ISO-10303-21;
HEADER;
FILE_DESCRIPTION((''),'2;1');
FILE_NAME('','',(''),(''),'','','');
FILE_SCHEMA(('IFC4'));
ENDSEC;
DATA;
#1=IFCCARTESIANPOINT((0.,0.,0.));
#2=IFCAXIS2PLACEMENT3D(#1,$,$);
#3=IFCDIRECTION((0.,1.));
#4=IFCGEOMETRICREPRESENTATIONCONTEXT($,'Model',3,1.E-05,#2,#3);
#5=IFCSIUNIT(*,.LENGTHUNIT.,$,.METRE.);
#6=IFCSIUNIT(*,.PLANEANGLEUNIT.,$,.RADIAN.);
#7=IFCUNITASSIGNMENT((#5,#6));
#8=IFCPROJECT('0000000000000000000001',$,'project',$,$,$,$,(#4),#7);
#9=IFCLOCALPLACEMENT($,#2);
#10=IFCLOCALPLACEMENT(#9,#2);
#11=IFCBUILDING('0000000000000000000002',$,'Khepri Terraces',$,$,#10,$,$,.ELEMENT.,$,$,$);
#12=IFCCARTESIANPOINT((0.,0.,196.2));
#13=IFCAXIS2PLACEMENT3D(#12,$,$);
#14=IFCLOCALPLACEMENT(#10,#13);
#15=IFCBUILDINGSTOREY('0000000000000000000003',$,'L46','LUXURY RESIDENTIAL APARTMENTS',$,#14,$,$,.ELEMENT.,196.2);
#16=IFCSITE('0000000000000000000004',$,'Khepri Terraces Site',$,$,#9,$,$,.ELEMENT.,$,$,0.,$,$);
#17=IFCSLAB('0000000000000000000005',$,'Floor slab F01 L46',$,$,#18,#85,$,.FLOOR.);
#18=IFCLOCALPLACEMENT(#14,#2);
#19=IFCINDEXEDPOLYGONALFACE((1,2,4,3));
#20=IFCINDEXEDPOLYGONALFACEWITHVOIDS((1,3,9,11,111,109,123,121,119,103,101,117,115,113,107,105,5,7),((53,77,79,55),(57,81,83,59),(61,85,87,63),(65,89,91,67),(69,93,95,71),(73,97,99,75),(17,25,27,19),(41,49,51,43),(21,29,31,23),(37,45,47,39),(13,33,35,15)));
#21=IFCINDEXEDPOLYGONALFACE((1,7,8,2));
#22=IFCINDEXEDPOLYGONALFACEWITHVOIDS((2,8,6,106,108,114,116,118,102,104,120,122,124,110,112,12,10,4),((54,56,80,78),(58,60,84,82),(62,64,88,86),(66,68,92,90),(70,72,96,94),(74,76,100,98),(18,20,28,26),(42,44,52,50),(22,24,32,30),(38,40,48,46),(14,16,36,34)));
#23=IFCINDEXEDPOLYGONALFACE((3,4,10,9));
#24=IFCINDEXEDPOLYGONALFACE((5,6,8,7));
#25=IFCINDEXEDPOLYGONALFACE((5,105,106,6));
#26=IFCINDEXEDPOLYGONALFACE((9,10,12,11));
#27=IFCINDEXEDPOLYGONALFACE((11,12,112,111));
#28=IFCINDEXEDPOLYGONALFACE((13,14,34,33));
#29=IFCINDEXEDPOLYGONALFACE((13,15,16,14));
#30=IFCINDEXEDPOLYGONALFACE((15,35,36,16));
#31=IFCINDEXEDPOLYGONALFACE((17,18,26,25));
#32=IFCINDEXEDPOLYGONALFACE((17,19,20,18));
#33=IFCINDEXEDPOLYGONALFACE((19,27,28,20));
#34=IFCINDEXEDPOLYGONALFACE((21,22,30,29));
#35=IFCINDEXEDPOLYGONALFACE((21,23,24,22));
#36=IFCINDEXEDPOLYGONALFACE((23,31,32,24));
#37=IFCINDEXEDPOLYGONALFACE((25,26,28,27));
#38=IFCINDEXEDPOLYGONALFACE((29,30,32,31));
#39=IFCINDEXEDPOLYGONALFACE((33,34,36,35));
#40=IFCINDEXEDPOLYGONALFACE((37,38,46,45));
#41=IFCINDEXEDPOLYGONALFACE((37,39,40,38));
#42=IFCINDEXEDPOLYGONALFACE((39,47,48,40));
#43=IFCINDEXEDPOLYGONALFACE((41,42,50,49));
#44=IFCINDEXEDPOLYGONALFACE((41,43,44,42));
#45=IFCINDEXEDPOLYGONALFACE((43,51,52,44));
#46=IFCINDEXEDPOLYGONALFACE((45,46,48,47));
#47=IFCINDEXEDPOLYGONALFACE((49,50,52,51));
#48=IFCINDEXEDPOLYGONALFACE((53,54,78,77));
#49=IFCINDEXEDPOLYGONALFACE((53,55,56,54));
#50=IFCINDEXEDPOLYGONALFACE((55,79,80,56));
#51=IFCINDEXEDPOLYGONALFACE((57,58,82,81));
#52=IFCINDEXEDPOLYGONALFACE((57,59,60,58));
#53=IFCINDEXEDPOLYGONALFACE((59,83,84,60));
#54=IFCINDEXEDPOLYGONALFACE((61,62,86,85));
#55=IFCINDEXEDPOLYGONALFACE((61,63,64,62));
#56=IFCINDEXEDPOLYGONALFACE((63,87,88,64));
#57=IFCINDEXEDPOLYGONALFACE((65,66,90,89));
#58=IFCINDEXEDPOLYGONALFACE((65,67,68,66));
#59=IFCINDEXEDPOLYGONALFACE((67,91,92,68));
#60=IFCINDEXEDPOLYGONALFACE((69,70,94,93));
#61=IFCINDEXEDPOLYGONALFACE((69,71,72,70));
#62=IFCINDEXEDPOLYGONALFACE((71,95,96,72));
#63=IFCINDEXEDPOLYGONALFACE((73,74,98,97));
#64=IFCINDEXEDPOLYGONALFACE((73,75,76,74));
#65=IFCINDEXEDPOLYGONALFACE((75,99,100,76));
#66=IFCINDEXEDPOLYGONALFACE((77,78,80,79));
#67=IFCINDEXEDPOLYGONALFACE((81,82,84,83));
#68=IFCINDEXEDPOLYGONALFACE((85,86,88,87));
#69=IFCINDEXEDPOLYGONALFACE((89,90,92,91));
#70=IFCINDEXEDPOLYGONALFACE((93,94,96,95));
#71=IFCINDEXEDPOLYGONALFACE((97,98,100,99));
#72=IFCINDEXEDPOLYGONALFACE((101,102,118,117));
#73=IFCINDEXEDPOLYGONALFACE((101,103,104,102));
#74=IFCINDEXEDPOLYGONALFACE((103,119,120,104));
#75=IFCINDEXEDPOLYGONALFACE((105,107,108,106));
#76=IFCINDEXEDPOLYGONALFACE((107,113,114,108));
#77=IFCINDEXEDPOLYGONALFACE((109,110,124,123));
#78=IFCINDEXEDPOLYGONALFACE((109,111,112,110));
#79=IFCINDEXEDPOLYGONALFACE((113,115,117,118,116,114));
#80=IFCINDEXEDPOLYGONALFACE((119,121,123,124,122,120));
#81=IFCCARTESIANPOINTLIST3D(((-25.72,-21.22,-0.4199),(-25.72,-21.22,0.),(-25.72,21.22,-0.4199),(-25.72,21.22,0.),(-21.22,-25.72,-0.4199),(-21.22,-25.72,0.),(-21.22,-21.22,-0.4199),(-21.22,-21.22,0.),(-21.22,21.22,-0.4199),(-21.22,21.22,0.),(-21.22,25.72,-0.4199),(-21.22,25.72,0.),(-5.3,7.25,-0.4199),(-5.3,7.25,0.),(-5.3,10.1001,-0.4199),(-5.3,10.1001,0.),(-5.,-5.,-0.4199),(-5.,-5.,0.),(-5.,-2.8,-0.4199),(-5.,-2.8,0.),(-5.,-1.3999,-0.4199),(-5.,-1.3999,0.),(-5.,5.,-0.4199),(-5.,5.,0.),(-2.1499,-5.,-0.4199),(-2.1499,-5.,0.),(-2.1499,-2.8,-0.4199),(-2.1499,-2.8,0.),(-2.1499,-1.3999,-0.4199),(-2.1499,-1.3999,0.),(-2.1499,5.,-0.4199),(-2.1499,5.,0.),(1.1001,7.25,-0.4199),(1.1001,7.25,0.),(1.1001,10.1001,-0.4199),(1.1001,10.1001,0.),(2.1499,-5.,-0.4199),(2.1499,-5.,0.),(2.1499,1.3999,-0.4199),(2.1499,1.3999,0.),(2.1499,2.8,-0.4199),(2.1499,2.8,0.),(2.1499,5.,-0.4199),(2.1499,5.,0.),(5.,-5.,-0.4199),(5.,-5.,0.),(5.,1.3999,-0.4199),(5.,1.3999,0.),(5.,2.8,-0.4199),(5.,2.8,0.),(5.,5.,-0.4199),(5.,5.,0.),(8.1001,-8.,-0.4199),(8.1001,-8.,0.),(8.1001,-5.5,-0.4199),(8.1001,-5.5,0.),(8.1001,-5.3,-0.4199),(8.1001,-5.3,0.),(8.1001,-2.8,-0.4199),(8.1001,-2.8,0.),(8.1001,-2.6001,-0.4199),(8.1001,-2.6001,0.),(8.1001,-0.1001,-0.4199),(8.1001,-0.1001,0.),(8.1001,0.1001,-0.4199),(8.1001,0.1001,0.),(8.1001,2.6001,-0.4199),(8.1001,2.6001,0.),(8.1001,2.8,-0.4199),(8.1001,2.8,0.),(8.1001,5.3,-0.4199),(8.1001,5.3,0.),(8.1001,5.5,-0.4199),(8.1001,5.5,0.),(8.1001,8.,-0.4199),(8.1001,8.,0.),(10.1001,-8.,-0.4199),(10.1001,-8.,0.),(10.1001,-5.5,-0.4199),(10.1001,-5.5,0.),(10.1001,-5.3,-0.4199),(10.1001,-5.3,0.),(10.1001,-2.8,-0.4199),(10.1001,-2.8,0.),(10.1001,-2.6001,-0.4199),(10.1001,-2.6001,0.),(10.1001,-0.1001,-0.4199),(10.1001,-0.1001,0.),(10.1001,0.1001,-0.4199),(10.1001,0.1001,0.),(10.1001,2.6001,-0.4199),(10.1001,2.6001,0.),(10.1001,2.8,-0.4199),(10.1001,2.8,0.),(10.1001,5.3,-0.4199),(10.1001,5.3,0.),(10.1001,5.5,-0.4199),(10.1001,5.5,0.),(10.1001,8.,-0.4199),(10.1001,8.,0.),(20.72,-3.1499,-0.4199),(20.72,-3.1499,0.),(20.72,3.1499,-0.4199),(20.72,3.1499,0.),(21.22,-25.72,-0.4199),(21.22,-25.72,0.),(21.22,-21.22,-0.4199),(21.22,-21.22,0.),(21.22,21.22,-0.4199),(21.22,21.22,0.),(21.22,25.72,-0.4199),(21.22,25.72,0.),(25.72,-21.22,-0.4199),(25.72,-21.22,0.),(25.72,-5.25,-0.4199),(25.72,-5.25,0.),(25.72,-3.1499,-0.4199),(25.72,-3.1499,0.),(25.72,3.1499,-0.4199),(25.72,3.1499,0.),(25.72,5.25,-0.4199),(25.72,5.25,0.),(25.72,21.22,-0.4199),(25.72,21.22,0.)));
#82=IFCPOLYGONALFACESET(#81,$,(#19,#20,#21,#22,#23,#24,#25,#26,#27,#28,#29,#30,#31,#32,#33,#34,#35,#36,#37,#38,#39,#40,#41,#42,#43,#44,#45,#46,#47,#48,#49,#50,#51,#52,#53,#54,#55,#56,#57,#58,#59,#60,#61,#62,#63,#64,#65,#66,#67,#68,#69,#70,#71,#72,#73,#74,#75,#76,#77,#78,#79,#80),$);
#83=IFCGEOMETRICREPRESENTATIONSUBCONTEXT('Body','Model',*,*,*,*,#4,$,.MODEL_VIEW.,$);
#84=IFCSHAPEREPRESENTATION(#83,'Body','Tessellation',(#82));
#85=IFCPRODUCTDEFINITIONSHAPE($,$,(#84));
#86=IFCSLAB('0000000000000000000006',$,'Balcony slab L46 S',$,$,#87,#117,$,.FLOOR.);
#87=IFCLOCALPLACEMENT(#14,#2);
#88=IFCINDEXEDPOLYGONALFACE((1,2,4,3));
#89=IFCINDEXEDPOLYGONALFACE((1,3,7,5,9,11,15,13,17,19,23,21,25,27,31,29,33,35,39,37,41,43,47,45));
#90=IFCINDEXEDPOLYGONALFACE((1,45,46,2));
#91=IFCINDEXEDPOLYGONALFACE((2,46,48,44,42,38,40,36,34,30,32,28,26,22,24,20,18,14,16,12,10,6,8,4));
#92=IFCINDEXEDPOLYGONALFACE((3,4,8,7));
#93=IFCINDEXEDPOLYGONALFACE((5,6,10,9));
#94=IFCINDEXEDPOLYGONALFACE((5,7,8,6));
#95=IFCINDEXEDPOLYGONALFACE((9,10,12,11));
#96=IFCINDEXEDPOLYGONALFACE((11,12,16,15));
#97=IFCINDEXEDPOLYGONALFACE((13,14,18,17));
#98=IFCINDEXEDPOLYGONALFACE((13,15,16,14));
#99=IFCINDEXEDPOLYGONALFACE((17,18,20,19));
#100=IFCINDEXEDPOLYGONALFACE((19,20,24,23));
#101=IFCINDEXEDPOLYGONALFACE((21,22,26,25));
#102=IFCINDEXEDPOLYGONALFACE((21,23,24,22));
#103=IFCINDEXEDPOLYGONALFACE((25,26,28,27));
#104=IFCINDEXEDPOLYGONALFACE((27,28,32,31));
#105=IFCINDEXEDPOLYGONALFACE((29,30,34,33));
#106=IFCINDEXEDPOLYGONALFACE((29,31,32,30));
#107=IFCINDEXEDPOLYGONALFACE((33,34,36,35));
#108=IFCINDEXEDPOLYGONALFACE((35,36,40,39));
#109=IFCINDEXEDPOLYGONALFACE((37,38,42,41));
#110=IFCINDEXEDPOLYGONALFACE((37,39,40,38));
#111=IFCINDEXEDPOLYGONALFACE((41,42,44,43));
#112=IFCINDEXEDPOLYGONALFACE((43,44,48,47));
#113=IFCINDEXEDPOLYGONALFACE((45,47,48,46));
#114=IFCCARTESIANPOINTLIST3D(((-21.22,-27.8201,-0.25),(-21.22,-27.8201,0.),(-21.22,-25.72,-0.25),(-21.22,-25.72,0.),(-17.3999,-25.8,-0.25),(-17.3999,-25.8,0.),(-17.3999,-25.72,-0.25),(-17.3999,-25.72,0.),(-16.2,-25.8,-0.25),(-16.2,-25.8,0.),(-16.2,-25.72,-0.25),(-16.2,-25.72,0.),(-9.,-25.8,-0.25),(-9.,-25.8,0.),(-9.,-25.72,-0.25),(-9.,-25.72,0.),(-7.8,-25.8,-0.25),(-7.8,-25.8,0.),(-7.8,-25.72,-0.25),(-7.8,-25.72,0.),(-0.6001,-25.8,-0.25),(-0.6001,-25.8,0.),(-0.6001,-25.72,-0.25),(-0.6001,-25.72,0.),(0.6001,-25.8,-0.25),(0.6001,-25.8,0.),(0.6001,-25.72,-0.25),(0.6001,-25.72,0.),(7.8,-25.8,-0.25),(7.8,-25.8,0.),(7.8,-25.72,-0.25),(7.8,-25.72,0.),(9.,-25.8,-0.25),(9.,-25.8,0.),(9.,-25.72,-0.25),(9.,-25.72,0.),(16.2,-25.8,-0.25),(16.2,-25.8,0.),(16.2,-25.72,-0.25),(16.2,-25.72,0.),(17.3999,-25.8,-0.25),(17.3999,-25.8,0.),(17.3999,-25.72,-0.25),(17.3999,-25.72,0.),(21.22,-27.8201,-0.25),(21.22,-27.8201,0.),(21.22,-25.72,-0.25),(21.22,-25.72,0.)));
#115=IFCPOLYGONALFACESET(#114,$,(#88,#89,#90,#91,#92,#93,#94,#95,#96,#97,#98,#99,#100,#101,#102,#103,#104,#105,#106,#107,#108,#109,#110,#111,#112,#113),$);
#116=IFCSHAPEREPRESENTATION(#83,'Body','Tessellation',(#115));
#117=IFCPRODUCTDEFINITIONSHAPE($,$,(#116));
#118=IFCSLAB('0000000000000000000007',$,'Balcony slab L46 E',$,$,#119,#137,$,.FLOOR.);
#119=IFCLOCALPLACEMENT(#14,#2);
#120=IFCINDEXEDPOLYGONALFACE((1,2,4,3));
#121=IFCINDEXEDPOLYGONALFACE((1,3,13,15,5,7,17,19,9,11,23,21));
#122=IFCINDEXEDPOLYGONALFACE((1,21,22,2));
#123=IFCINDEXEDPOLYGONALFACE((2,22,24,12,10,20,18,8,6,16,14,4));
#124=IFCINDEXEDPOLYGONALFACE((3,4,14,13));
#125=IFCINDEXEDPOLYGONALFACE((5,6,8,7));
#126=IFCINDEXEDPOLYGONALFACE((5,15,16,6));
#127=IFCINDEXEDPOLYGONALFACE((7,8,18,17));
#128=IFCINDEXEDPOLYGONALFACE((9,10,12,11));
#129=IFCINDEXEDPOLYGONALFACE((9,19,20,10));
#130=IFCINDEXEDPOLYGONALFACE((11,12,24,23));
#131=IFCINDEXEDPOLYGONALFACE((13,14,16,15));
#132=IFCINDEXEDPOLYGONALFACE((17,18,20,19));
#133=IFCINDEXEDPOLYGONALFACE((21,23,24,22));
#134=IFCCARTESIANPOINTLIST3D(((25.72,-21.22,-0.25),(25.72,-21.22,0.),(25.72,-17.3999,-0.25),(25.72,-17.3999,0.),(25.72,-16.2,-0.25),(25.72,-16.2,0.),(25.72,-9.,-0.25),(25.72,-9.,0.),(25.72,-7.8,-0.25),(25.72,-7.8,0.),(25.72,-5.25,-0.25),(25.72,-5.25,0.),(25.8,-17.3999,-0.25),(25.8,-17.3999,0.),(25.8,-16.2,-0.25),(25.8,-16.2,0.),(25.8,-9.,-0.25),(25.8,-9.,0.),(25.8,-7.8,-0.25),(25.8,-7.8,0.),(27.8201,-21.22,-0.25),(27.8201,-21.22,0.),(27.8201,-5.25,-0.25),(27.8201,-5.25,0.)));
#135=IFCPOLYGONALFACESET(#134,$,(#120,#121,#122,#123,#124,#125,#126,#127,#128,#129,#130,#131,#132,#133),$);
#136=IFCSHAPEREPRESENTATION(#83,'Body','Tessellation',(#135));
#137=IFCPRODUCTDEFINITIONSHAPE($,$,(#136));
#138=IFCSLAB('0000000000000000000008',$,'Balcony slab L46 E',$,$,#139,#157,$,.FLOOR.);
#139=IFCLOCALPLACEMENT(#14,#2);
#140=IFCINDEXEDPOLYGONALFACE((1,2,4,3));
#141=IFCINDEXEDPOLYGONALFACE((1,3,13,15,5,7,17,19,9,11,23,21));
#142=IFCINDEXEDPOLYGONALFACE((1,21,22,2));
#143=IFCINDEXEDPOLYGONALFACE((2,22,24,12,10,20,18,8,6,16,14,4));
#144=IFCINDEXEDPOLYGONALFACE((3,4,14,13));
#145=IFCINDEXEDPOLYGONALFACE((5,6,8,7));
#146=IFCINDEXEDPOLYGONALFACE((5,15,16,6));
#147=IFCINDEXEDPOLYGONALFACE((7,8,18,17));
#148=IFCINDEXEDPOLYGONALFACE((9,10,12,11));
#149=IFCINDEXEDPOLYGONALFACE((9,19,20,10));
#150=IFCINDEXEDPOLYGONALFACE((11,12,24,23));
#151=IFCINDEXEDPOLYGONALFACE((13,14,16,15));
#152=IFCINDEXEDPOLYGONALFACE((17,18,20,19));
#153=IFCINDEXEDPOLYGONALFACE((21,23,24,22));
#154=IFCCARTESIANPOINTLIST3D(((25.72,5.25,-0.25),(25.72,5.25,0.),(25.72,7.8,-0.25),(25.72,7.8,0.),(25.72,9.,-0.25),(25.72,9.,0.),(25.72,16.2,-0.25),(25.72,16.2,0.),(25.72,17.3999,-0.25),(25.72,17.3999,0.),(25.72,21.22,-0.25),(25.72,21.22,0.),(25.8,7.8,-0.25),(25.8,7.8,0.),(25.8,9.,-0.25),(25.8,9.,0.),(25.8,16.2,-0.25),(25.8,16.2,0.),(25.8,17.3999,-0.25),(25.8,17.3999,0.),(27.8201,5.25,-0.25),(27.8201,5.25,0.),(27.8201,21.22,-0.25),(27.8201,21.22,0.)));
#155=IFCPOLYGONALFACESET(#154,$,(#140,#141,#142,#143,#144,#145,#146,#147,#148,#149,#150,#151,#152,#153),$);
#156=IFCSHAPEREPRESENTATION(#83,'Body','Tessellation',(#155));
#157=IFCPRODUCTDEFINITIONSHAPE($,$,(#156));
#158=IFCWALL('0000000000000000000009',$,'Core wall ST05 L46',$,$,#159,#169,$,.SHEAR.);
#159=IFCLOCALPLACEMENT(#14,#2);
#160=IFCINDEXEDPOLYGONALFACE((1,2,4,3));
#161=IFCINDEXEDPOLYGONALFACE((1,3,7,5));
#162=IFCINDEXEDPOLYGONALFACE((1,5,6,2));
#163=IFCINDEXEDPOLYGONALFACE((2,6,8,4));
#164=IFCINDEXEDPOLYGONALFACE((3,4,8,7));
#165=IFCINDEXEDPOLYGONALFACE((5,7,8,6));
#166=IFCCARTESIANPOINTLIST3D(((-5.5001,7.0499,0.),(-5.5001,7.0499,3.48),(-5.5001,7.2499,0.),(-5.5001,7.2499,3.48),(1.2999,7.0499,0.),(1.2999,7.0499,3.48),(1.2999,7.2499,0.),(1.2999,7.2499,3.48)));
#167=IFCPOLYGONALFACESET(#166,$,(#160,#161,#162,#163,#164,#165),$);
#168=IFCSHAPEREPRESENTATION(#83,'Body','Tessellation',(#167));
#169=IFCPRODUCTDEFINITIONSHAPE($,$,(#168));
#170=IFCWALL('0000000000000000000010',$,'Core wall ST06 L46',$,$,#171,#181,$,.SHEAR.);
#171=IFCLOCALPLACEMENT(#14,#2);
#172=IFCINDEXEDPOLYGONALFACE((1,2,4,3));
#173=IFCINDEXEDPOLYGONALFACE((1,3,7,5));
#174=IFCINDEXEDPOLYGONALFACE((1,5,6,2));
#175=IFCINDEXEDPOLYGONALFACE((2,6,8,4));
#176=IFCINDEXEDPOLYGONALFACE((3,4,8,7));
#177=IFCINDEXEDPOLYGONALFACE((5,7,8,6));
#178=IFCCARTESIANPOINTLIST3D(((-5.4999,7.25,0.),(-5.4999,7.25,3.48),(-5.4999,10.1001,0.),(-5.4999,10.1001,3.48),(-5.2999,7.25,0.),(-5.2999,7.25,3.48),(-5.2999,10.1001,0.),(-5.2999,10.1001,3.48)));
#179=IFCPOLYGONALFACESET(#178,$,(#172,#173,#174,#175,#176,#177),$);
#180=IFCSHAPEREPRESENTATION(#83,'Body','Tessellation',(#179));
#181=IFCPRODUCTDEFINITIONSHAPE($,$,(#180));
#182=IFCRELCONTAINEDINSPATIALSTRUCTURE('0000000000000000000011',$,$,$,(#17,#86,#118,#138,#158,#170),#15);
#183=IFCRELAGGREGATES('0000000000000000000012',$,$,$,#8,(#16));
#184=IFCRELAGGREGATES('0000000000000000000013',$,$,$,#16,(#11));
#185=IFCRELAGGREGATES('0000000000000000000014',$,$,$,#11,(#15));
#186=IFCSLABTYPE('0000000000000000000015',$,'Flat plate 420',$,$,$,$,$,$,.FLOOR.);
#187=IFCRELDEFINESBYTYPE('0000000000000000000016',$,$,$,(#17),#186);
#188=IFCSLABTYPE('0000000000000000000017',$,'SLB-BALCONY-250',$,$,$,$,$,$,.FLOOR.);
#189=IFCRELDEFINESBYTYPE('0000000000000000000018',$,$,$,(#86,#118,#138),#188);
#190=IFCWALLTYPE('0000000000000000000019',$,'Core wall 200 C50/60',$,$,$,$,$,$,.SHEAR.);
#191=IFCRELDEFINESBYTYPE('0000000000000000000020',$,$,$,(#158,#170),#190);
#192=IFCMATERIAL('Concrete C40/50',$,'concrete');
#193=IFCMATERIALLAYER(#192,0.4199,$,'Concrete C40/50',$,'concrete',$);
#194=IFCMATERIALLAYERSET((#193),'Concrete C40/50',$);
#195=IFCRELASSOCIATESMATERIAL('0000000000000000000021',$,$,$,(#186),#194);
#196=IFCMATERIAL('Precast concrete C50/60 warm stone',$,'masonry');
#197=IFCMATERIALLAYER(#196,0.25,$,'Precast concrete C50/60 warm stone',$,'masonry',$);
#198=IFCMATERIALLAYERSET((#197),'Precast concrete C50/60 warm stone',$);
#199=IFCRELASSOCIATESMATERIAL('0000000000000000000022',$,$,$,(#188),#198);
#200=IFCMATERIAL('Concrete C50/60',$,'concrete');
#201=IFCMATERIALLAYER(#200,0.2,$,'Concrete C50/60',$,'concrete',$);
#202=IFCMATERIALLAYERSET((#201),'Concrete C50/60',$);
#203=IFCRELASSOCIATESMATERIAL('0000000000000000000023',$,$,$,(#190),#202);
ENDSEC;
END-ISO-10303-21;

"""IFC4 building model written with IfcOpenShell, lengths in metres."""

from ifc_helpers import new_model, si_unit, direction, frame, frame_2d, origin, place, context, subcontext, project, spatial, polyline, rectangle, outline, extrude, material, layer, layer_set, type_object, element, save


model = new_model("IFC4")

# Units and contexts
model_context = context("Model", 3, precision=1e-05, world=origin(), true_north=direction((0.0, 1.0)))
body_context = subcontext(model_context, "Body", "Model", "MODEL_VIEW")
ifc_project = project(units=[si_unit("LENGTHUNIT", "METRE"), si_unit("PLANEANGLEUNIT", "RADIAN")], contexts=[model_context])

# Site, building, storey
site_placement = place(None, origin())
site = spatial("IfcSite", under=ifc_project, at=site_placement, Name="Khepri Terraces Site", CompositionType="ELEMENT", RefElevation=0.0)
building_placement = place(site_placement, origin())
building = spatial("IfcBuilding", under=site, at=building_placement, Name="Khepri Terraces", CompositionType="ELEMENT")
storey_placement = place(building_placement, frame((0.0, 0.0, 196.2)))
storey = spatial("IfcBuildingStorey", under=building, at=storey_placement, Name="L46", Description="LUXURY RESIDENTIAL APARTMENTS", CompositionType="ELEMENT", Elevation=196.2)

# Slabs
ifc_material_1 = material(Name="Concrete C40/50", Category="concrete")
ifc_layer_1 = layer(ifc_material_1, 0.4199, Name="Concrete C40/50", Category="concrete")
ifc_layer_set_1 = layer_set([ifc_layer_1], Name="Concrete C40/50")
slab_type_1 = type_object("IfcSlabType", Name="Flat plate 420", PredefinedType="FLOOR", material=ifc_layer_set_1)
slab_1_placement = place(storey_placement, frame((0.0, 0.0, -0.4199)))
element("IfcSlab", 1, at=slab_1_placement, inside=storey, type_object=slab_type_1, Name="Floor slab F01 L46", PredefinedType="FLOOR", context=body_context, shape_type="SweptSolid", body=[
    extrude(outline(polyline([(21.22, 25.72), (21.22, 21.22), (25.72, 21.22), (25.72, 5.25), (25.72, 3.1499), (20.72, 3.1499), (20.72, -3.1499), (25.72, -3.1499), (25.72, -5.25), (25.72, -21.22), (21.22, -21.22), (21.22, -25.72), (-21.22, -25.72), (-21.22, -21.22), (-25.72, -21.22), (-25.72, 21.22), (-21.22, 21.22), (-21.22, 25.72), (21.22, 25.72)]), holes=[polyline([(2.1499, 2.8), (5.0, 2.8), (5.0, 5.0), (2.1499, 5.0), (2.1499, 2.8)]), polyline([(-5.0, -2.8), (-5.0, -5.0), (-2.1499, -5.0), (-2.1499, -2.8), (-5.0, -2.8)]), polyline([(10.1001, -5.5), (8.1001, -5.5), (8.1001, -8.0), (10.1001, -8.0), (10.1001, -5.5)]), polyline([(10.1001, -5.3), (10.1001, -2.8), (8.1001, -2.8), (8.1001, -5.3), (10.1001, -5.3)]), polyline([(8.1001, -2.6001), (10.1001, -2.6001), (10.1001, -0.1001), (8.1001, -0.1001), (8.1001, -2.6001)]), polyline([(8.1001, 2.6001), (8.1001, 0.1001), (10.1001, 0.1001), (10.1001, 2.6001), (8.1001, 2.6001)]), polyline([(10.1001, 5.3), (8.1001, 5.3), (8.1001, 2.8), (10.1001, 2.8), (10.1001, 5.3)]), polyline([(10.1001, 5.5), (10.1001, 8.0), (8.1001, 8.0), (8.1001, 5.5), (10.1001, 5.5)]), polyline([(-5.0, -1.3999), (-2.1499, -1.3999), (-2.1499, 5.0), (-5.0, 5.0), (-5.0, -1.3999)]), polyline([(5.0, -5.0), (5.0, 1.3999), (2.1499, 1.3999), (2.1499, -5.0), (5.0, -5.0)]), polyline([(-5.3, 10.1001), (-5.3, 7.25), (1.1001, 7.25), (1.1001, 10.1001), (-5.3, 10.1001)])]), origin(), (0.0, 0.0, 1.0), 0.4199),
])
ifc_material_2 = material(Name="Precast concrete C50/60 warm stone", Category="masonry")
ifc_layer_2 = layer(ifc_material_2, 0.25, Name="Precast concrete C50/60 warm stone", Category="masonry")
ifc_layer_set_2 = layer_set([ifc_layer_2], Name="Precast concrete C50/60 warm stone")
slab_type_2 = type_object("IfcSlabType", Name="SLB-BALCONY-250", PredefinedType="FLOOR", material=ifc_layer_set_2)
slab_2_placement = place(storey_placement, frame((0.0, 0.0, -0.25)))
element("IfcSlab", 2, at=slab_2_placement, inside=storey, type_object=slab_type_2, Name="Balcony slab L46 S", PredefinedType="FLOOR", context=body_context, shape_type="SweptSolid", body=[
    extrude(outline(polyline([(-17.3999, -25.72), (-21.22, -25.72), (-21.22, -27.8201), (21.22, -27.8201), (21.22, -25.72), (17.3999, -25.72), (17.3999, -25.8), (16.2, -25.8), (16.2, -25.72), (9.0, -25.72), (9.0, -25.8), (7.8, -25.8), (7.8, -25.72), (0.6001, -25.72), (0.6001, -25.8), (-0.6001, -25.8), (-0.6001, -25.72), (-7.8, -25.72), (-7.8, -25.8), (-9.0, -25.8), (-9.0, -25.72), (-16.2, -25.72), (-16.2, -25.8), (-17.3999, -25.8), (-17.3999, -25.72)])), origin(), (0.0, 0.0, 1.0), 0.25),
])
slab_3_placement = place(storey_placement, frame((0.0, 0.0, -0.25)))
element("IfcSlab", 3, at=slab_3_placement, inside=storey, type_object=slab_type_2, Name="Balcony slab L46 E", PredefinedType="FLOOR", context=body_context, shape_type="SweptSolid", body=[
    extrude(outline(polyline([(25.72, -17.3999), (25.72, -21.22), (27.8201, -21.22), (27.8201, -5.25), (25.72, -5.25), (25.72, -7.8), (25.8, -7.8), (25.8, -9.0), (25.72, -9.0), (25.72, -16.2), (25.8, -16.2), (25.8, -17.3999), (25.72, -17.3999)])), origin(), (0.0, 0.0, 1.0), 0.25),
])
slab_4_placement = place(storey_placement, frame((0.0, 0.0, -0.25)))
element("IfcSlab", 4, at=slab_4_placement, inside=storey, type_object=slab_type_2, Name="Balcony slab L46 E", PredefinedType="FLOOR", context=body_context, shape_type="SweptSolid", body=[
    extrude(outline(polyline([(25.72, 7.8), (25.72, 5.25), (27.8201, 5.25), (27.8201, 21.22), (25.72, 21.22), (25.72, 17.3999), (25.8, 17.3999), (25.8, 16.2), (25.72, 16.2), (25.72, 9.0), (25.8, 9.0), (25.8, 7.8), (25.72, 7.8)])), origin(), (0.0, 0.0, 1.0), 0.25),
])

# Walls
ifc_material_3 = material(Name="Concrete C50/60", Category="concrete")
ifc_layer_3 = layer(ifc_material_3, 0.2, Name="Concrete C50/60", Category="concrete")
ifc_layer_set_3 = layer_set([ifc_layer_3], Name="Concrete C50/60")
wall_type_1 = type_object("IfcWallType", Name="Core wall 200 C50/60", PredefinedType="SHEAR", material=ifc_layer_set_3)
wall_1_placement = place(storey_placement, frame((-5.5, 7.1499, 0.0), z_axis=(0.0, 0.0, 1.0), x_axis=(1.0, 0.0, 0.0)))
element("IfcWall", 5, at=wall_1_placement, inside=storey, type_object=wall_type_1, Name="Core wall ST05 L46", PredefinedType="SHEAR", context=body_context, shape_type="SweptSolid", body=[
    extrude(rectangle(XDim=6.8, YDim=0.2, at=frame_2d((3.3999, 0.0))), origin(), (0.0, 0.0, 1.0), 3.48),
])
wall_2_placement = place(storey_placement, frame((-5.3999, 7.25, 0.0), z_axis=(0.0, 0.0, 1.0), x_axis=(0.0, 1.0, 0.0)))
element("IfcWall", 6, at=wall_2_placement, inside=storey, type_object=wall_type_1, Name="Core wall ST06 L46", PredefinedType="SHEAR", context=body_context, shape_type="SweptSolid", body=[
    extrude(rectangle(XDim=2.8501, YDim=0.2, at=frame_2d((1.425, 0.0))), origin(), (0.0, 0.0, 1.0), 3.48),
])

save(model, "model.ifc")
